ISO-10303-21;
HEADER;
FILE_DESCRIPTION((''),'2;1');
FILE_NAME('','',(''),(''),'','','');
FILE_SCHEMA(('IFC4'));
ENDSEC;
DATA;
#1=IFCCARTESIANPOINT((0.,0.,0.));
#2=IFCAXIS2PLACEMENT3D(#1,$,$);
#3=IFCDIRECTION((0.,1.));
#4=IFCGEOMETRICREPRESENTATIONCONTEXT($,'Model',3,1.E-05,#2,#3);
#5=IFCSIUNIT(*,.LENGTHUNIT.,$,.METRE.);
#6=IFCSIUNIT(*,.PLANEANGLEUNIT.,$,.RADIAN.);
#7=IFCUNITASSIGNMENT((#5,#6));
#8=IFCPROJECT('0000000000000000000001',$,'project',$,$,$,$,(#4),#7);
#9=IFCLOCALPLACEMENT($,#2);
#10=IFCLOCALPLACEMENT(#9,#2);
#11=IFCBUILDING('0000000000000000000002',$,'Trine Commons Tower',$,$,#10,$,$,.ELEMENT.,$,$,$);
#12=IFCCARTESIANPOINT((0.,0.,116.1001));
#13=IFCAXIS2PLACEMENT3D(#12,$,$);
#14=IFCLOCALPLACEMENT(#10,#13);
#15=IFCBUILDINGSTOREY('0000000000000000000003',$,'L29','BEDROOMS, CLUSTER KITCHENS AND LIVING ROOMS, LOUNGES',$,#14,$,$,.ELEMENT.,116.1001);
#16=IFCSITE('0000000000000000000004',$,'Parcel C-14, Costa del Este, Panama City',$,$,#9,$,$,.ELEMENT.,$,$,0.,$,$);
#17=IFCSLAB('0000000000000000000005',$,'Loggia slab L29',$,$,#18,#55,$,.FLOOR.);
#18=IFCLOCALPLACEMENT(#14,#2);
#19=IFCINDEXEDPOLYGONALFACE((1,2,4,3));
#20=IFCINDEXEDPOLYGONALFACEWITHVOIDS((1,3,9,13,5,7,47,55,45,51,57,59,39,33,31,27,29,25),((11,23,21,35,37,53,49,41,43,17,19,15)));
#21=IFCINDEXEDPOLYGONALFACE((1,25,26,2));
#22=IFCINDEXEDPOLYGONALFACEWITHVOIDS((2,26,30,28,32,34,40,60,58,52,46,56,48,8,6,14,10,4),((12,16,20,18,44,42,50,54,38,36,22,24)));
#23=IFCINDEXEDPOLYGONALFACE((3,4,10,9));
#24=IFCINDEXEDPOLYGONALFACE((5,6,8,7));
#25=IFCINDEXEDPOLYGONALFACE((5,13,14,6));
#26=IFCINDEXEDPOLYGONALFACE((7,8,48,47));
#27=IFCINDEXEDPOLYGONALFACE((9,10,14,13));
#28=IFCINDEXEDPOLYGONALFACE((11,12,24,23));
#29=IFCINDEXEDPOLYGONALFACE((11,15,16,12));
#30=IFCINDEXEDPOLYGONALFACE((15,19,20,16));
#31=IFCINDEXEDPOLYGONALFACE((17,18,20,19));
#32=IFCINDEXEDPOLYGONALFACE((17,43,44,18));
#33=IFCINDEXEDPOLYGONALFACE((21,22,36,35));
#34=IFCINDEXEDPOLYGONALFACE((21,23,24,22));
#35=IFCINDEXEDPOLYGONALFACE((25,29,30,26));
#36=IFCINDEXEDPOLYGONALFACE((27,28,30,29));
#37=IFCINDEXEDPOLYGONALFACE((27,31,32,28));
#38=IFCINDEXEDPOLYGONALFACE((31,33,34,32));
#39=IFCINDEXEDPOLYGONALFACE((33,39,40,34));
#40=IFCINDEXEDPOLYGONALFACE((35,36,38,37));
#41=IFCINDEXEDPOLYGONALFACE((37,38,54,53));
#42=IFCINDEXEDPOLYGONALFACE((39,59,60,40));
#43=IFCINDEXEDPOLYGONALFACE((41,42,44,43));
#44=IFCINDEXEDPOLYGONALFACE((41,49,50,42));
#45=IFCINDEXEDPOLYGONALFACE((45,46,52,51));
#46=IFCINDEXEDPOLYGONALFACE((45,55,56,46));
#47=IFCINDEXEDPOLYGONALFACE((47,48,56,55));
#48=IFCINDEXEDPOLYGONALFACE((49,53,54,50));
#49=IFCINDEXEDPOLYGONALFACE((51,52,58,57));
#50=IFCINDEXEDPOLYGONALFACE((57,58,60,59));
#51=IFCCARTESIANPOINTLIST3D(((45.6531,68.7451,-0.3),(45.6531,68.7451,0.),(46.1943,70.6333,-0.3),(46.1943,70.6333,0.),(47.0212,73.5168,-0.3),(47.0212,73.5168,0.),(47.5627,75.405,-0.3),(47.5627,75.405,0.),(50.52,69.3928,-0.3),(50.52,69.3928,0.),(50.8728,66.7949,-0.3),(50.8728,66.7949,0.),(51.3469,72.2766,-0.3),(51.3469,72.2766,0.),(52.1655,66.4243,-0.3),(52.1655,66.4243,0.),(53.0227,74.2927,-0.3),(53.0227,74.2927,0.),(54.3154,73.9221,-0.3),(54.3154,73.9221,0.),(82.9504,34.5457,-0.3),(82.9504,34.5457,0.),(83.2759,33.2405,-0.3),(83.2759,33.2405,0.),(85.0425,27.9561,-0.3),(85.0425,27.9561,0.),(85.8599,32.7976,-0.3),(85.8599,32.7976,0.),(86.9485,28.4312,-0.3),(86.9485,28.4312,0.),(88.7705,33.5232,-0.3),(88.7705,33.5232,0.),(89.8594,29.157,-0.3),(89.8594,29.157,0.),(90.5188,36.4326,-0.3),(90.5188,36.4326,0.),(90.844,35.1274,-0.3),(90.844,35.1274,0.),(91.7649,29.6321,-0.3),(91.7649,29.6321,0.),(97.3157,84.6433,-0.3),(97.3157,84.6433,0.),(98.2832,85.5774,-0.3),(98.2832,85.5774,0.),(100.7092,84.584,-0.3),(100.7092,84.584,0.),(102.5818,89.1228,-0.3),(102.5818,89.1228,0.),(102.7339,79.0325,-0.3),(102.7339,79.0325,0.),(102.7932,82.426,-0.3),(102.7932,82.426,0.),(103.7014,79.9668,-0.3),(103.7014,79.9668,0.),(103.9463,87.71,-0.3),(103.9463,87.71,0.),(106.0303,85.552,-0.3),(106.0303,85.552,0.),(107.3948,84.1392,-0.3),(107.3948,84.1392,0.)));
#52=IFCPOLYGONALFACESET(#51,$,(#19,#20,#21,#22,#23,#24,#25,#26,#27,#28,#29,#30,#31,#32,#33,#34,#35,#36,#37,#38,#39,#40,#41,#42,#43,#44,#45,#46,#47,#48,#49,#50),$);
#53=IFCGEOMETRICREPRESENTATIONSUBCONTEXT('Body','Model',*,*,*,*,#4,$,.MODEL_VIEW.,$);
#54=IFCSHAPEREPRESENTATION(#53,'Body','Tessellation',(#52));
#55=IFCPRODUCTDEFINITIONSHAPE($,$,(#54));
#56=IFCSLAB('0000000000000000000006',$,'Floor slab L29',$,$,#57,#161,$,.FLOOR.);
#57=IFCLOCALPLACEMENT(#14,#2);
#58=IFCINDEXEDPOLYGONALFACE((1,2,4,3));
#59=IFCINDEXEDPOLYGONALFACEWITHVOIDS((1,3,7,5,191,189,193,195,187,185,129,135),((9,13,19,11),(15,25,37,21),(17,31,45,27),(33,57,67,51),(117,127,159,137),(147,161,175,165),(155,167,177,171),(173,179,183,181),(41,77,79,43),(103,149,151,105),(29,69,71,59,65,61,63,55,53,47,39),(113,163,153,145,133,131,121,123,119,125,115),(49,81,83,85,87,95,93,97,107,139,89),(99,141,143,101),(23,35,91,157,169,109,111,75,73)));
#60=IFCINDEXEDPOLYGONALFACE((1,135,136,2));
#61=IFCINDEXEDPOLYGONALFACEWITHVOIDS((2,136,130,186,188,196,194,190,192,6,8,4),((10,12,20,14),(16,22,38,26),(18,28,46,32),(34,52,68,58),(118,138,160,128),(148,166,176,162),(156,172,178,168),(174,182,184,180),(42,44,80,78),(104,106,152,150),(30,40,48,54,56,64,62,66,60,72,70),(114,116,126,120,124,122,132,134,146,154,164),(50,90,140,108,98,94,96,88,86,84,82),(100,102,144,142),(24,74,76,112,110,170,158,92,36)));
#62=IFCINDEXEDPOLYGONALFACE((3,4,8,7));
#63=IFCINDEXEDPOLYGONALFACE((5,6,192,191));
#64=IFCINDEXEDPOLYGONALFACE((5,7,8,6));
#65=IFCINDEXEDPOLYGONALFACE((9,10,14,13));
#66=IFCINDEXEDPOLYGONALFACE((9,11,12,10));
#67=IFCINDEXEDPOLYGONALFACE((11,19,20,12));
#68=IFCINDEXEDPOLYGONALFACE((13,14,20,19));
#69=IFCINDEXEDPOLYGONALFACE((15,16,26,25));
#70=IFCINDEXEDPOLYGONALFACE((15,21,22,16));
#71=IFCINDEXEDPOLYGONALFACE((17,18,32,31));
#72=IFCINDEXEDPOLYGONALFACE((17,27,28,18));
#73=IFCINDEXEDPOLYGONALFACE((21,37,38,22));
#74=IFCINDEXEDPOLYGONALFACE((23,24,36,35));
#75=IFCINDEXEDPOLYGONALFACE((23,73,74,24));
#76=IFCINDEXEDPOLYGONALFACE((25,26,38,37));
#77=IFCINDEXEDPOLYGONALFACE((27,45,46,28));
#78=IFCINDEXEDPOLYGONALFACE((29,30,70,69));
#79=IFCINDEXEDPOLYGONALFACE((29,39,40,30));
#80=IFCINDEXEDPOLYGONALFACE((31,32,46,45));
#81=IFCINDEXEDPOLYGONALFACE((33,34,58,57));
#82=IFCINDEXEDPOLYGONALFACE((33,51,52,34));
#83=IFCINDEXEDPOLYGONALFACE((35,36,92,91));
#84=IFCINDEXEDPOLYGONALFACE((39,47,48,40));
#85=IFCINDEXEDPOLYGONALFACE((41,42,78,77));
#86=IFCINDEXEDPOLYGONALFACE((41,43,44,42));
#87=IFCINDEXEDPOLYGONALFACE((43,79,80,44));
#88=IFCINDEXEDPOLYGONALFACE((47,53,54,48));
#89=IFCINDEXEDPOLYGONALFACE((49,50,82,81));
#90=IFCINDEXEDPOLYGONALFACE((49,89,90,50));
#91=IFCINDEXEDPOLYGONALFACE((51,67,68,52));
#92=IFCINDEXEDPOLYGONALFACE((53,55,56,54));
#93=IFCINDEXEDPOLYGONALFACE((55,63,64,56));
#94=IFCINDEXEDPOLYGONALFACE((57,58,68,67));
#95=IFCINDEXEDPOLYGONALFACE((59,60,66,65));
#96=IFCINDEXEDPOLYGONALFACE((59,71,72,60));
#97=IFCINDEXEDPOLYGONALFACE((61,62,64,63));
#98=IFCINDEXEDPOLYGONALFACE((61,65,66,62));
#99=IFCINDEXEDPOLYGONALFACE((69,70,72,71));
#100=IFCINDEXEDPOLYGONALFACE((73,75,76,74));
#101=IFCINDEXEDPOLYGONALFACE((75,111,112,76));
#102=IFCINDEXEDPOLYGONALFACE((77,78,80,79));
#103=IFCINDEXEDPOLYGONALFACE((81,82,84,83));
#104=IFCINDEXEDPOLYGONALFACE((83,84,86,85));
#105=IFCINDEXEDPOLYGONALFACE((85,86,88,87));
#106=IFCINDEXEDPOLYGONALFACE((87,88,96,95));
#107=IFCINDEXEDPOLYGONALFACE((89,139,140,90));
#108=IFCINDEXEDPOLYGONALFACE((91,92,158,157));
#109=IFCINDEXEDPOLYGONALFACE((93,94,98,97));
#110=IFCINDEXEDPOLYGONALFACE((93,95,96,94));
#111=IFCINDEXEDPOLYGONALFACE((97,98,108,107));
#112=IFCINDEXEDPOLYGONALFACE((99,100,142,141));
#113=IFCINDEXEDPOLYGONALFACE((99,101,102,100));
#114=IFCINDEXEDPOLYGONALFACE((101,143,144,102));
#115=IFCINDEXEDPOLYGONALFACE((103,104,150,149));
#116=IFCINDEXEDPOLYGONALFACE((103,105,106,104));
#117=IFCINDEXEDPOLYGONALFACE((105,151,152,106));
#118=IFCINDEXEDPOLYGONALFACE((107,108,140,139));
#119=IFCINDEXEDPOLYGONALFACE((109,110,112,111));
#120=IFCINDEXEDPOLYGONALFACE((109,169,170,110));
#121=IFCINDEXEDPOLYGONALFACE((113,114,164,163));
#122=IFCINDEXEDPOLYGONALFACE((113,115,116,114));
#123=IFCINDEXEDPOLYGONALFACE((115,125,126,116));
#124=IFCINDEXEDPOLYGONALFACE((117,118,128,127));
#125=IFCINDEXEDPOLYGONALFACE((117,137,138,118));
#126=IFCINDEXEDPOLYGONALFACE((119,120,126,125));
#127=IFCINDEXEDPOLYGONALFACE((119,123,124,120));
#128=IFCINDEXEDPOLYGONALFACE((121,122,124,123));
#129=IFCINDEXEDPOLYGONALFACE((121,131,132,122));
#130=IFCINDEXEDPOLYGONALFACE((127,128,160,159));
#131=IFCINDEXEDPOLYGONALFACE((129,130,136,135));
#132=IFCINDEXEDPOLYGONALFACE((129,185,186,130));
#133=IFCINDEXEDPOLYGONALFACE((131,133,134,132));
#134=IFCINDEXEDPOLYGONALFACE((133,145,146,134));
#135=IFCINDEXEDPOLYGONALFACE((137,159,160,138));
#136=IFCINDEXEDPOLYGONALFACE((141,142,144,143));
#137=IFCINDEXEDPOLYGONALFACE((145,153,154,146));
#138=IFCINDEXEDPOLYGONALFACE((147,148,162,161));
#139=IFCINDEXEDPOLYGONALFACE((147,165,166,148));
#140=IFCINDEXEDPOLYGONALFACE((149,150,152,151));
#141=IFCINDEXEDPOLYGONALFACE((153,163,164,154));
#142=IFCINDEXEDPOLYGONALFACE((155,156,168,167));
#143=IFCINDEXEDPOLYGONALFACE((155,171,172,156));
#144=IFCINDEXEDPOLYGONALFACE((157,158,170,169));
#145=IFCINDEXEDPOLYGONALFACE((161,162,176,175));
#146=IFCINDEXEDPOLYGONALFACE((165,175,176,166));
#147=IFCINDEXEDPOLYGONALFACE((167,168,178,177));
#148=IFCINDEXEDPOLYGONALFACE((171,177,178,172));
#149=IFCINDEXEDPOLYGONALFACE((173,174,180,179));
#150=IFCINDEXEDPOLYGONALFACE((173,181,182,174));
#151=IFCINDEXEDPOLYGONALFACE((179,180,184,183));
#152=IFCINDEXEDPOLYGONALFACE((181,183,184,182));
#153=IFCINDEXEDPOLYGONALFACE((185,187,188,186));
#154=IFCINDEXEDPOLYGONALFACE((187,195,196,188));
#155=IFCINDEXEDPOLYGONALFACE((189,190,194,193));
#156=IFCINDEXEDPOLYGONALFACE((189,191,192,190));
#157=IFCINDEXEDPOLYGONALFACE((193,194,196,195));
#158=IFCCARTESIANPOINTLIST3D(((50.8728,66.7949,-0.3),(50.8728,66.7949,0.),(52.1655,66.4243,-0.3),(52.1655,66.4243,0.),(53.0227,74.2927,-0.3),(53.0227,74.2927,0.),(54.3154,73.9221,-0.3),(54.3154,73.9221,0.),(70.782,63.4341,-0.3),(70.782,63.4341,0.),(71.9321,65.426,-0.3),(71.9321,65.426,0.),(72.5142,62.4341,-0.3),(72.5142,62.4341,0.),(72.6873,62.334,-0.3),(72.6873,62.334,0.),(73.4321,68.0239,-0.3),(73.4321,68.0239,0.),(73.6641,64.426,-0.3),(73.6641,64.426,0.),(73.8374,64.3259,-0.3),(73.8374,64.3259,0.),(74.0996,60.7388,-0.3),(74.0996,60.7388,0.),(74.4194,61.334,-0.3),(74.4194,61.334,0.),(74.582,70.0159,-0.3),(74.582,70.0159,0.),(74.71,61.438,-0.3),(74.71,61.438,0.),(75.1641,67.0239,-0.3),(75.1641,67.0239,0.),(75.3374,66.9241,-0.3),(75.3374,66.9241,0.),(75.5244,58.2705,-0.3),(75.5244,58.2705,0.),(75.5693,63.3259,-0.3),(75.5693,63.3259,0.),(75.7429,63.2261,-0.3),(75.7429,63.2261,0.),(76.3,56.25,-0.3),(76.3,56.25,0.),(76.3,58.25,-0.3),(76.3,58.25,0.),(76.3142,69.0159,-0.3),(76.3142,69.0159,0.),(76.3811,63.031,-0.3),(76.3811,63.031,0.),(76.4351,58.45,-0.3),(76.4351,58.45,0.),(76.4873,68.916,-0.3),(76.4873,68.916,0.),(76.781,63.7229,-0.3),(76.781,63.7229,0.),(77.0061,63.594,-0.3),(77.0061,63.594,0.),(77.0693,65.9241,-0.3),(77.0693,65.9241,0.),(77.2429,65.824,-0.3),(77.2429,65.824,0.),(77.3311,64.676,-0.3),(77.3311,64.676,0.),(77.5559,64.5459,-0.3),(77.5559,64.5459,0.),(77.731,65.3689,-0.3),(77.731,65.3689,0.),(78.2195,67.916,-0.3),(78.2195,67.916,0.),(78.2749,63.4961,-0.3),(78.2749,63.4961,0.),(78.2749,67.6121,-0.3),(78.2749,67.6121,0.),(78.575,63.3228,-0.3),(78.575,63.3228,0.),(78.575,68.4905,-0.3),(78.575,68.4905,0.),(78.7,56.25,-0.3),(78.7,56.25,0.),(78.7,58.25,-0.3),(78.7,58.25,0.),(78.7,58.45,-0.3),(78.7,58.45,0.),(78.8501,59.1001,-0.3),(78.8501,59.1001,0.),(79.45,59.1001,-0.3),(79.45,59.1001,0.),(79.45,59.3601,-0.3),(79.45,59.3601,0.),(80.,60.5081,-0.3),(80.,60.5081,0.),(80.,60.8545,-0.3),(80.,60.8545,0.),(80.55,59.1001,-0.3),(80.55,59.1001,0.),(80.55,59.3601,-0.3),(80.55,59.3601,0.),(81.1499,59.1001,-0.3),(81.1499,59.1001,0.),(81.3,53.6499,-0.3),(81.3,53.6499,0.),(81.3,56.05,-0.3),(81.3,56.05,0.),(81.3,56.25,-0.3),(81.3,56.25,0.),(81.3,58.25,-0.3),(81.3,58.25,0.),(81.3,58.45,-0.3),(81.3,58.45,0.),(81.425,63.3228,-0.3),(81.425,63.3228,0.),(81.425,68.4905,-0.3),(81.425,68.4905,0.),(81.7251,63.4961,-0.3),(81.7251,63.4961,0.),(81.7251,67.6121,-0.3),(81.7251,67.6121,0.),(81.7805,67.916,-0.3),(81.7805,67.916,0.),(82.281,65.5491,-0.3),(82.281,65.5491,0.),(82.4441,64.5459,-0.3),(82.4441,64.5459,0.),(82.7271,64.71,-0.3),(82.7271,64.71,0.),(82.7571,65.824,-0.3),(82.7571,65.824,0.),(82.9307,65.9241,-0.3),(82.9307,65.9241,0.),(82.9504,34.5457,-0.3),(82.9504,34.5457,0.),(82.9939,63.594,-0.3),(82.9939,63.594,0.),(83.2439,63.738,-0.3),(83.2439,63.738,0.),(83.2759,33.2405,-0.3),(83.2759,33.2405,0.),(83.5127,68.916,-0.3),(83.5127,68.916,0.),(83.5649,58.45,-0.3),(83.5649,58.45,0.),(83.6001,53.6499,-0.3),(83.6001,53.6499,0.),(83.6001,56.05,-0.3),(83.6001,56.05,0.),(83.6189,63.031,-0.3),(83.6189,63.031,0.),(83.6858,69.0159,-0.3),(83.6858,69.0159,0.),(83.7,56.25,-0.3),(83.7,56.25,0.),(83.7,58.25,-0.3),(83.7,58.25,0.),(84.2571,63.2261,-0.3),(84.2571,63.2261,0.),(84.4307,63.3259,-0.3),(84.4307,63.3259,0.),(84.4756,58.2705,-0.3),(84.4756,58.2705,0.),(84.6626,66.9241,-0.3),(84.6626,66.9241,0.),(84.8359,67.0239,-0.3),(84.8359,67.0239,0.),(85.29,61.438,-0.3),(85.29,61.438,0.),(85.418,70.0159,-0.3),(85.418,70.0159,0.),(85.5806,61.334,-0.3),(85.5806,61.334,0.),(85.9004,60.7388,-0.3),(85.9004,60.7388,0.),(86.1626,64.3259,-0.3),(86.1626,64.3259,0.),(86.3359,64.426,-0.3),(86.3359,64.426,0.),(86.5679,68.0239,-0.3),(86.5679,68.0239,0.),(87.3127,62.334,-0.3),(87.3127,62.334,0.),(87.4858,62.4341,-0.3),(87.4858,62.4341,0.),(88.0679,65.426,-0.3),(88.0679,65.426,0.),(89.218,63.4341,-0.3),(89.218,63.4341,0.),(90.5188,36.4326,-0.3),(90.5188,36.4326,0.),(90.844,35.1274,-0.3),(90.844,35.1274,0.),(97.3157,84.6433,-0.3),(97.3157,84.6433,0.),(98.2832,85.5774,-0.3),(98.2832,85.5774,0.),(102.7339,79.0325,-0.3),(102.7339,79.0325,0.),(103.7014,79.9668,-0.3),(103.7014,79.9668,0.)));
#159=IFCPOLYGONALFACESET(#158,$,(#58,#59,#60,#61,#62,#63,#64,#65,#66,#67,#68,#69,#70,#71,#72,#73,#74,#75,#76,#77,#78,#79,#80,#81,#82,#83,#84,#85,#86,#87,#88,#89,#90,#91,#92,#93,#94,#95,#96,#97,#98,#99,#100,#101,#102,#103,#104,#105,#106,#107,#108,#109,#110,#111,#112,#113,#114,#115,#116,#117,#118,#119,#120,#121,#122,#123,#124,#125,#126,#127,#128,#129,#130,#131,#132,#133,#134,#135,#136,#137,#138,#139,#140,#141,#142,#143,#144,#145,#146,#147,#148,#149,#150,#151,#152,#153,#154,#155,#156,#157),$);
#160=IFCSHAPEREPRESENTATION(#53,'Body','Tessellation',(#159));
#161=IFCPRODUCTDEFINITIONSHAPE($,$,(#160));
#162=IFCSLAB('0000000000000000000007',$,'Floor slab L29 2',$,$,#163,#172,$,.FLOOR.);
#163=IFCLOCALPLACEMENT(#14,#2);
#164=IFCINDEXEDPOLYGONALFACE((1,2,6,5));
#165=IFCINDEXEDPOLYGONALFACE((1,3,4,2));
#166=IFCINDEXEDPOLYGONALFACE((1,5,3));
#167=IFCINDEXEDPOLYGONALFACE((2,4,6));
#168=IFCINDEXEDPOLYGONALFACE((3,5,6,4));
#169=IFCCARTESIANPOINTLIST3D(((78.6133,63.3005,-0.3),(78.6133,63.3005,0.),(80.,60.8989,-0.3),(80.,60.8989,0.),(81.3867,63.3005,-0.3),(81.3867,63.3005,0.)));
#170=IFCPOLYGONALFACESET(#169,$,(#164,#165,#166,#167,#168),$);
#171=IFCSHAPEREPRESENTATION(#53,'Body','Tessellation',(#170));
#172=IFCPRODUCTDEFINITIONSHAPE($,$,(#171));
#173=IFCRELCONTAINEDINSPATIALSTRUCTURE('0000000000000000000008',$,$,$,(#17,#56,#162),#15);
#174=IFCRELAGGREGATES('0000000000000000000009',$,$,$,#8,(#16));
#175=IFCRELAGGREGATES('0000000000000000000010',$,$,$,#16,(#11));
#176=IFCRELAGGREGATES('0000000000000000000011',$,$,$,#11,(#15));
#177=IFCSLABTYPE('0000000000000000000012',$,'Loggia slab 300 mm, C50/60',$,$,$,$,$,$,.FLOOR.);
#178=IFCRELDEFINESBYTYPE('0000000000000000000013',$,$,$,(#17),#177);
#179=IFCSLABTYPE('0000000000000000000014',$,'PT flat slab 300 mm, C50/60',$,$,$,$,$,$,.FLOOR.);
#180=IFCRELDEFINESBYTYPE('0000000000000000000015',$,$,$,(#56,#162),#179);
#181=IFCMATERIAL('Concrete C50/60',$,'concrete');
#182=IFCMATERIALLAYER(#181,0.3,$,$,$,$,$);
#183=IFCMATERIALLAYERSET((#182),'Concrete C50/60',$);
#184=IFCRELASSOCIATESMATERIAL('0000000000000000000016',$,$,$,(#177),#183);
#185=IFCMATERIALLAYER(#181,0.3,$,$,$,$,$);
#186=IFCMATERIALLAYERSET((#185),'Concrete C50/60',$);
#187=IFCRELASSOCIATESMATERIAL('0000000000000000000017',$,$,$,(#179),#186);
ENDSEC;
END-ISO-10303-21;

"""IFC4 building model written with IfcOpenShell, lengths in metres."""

from ifc_helpers import new_model, si_unit, direction, frame, origin, place, context, subcontext, project, spatial, polyline, outline, extrude, material, layer, layer_set, type_object, element, save


model = new_model("IFC4")

# Units and contexts
model_context = context("Model", 3, precision=1e-05, world=origin(), true_north=direction((0.0, 1.0)))
body_context = subcontext(model_context, "Body", "Model", "MODEL_VIEW")
ifc_project = project(units=[si_unit("LENGTHUNIT", "METRE"), si_unit("PLANEANGLEUNIT", "RADIAN")], contexts=[model_context])

# Site, building, storey
site_placement = place(None, origin())
site = spatial("IfcSite", under=ifc_project, at=site_placement, Name="Parcel C-14, Costa del Este, Panama City", CompositionType="ELEMENT", RefElevation=0.0)
building_placement = place(site_placement, origin())
building = spatial("IfcBuilding", under=site, at=building_placement, Name="Trine Commons Tower", CompositionType="ELEMENT")
storey_placement = place(building_placement, frame((0.0, 0.0, 116.1001)))
storey = spatial("IfcBuildingStorey", under=building, at=storey_placement, Name="L29", Description="BEDROOMS, CLUSTER KITCHENS AND LIVING ROOMS, LOUNGES", CompositionType="ELEMENT", Elevation=116.1001)

# Slabs
ifc_material_1 = material(Name="Concrete C50/60", Category="concrete")
ifc_layer_1 = layer(ifc_material_1, 0.3)
ifc_layer_set_1 = layer_set([ifc_layer_1], Name="Concrete C50/60")
slab_type_1 = type_object("IfcSlabType", Name="Loggia slab 300 mm, C50/60", PredefinedType="FLOOR", material=ifc_layer_set_1)
slab_1_placement = place(storey_placement, frame((0.0, 0.0, -0.3)))
element("IfcSlab", 1, at=slab_1_placement, inside=storey, type_object=slab_type_1, Name="Loggia slab L29", PredefinedType="FLOOR", context=body_context, shape_type="SweptSolid", body=[
    extrude(outline(polyline([(91.7649, 29.6321), (107.3948, 84.1392), (106.0303, 85.552), (102.7932, 82.426), (100.7092, 84.584), (103.9463, 87.71), (102.5818, 89.1228), (47.5627, 75.405), (47.0212, 73.5168), (51.3469, 72.2766), (50.52, 69.3928), (46.1943, 70.6333), (45.6531, 68.7451), (85.0425, 27.9561), (86.9485, 28.4312), (85.8599, 32.7976), (88.7705, 33.5232), (89.8594, 29.157), (91.7649, 29.6321)]), holes=[polyline([(83.2759, 33.2405), (82.9504, 34.5457), (90.5188, 36.4326), (90.844, 35.1274), (103.7014, 79.9668), (102.7339, 79.0325), (97.3157, 84.6433), (98.2832, 85.5774), (53.0227, 74.2927), (54.3154, 73.9221), (52.1655, 66.4243), (50.8728, 66.7949), (83.2759, 33.2405)])]), origin(), (0.0, 0.0, 1.0), 0.3),
])
ifc_layer_2 = layer(ifc_material_1, 0.3)
ifc_layer_set_2 = layer_set([ifc_layer_2], Name="Concrete C50/60")
slab_type_2 = type_object("IfcSlabType", Name="PT flat slab 300 mm, C50/60", PredefinedType="FLOOR", material=ifc_layer_set_2)
slab_2_placement = place(storey_placement, frame((0.0, 0.0, -0.3)))
element("IfcSlab", 2, at=slab_2_placement, inside=storey, type_object=slab_type_2, Name="Floor slab L29", PredefinedType="FLOOR", context=body_context, shape_type="SweptSolid", body=[
    extrude(outline(polyline([(50.8728, 66.7949), (83.2759, 33.2405), (82.9504, 34.5457), (90.5188, 36.4326), (90.844, 35.1274), (103.7014, 79.9668), (102.7339, 79.0325), (97.3157, 84.6433), (98.2832, 85.5774), (53.0227, 74.2927), (54.3154, 73.9221), (52.1655, 66.4243), (50.8728, 66.7949)]), holes=[polyline([(76.3, 56.25), (78.7, 56.25), (78.7, 58.25), (76.3, 58.25), (76.3, 56.25)]), polyline([(81.1499, 59.1001), (81.3, 58.45), (83.5649, 58.45), (80.0, 60.5081), (76.4351, 58.45), (78.7, 58.45), (78.8501, 59.1001), (79.45, 59.1001), (79.45, 59.3601), (80.55, 59.3601), (80.55, 59.1001), (81.1499, 59.1001)]), polyline([(80.0, 60.8545), (84.4756, 58.2705), (85.9004, 60.7388), (81.425, 63.3228), (81.425, 68.4905), (78.575, 68.4905), (78.575, 63.3228), (74.0996, 60.7388), (75.5244, 58.2705), (80.0, 60.8545)]), polyline([(73.8374, 64.3259), (72.6873, 62.334), (74.4194, 61.334), (75.5693, 63.3259), (73.8374, 64.3259)]), polyline([(71.9321, 65.426), (70.782, 63.4341), (72.5142, 62.4341), (73.6641, 64.426), (71.9321, 65.426)]), polyline([(76.781, 63.7229), (76.3811, 63.031), (75.7429, 63.2261), (74.71, 61.438), (78.2749, 63.4961), (78.2749, 67.6121), (77.2429, 65.824), (77.731, 65.3689), (77.3311, 64.676), (77.5559, 64.5459), (77.0061, 63.594), (76.781, 63.7229)]), polyline([(76.4873, 68.916), (75.3374, 66.9241), (77.0693, 65.9241), (78.2195, 67.916), (76.4873, 68.916)]), polyline([(74.582, 70.0159), (73.4321, 68.0239), (75.1641, 67.0239), (76.3142, 69.0159), (74.582, 70.0159)]), polyline([(81.3, 53.6499), (83.6001, 53.6499), (83.6001, 56.05), (81.3, 56.05), (81.3, 53.6499)]), polyline([(81.3, 56.25), (83.7, 56.25), (83.7, 58.25), (81.3, 58.25), (81.3, 56.25)]), polyline([(87.3127, 62.334), (86.1626, 64.3259), (84.4307, 63.3259), (85.5806, 61.334), (87.3127, 62.334)]), polyline([(89.218, 63.4341), (88.0679, 65.426), (86.3359, 64.426), (87.4858, 62.4341), (89.218, 63.4341)]), polyline([(83.2439, 63.738), (82.9939, 63.594), (82.4441, 64.5459), (82.7271, 64.71), (82.281, 65.5491), (82.7571, 65.824), (81.7251, 67.6121), (81.7251, 63.4961), (85.29, 61.438), (84.2571, 63.2261), (83.6189, 63.031), (83.2439, 63.738)]), polyline([(82.9307, 65.9241), (84.6626, 66.9241), (83.5127, 68.916), (81.7805, 67.916), (82.9307, 65.9241)]), polyline([(84.8359, 67.0239), (86.5679, 68.0239), (85.418, 70.0159), (83.6858, 69.0159), (84.8359, 67.0239)])]), origin(), (0.0, 0.0, 1.0), 0.3),
])
slab_3_placement = place(storey_placement, frame((0.0, 0.0, -0.3)))
element("IfcSlab", 3, at=slab_3_placement, inside=storey, type_object=slab_type_2, Name="Floor slab L29 2", PredefinedType="FLOOR", context=body_context, shape_type="SweptSolid", body=[
    extrude(outline(polyline([(78.6133, 63.3005), (80.0, 60.8989), (81.3867, 63.3005), (78.6133, 63.3005)])), origin(), (0.0, 0.0, 1.0), 0.3),
])

save(model, "model.ifc")
